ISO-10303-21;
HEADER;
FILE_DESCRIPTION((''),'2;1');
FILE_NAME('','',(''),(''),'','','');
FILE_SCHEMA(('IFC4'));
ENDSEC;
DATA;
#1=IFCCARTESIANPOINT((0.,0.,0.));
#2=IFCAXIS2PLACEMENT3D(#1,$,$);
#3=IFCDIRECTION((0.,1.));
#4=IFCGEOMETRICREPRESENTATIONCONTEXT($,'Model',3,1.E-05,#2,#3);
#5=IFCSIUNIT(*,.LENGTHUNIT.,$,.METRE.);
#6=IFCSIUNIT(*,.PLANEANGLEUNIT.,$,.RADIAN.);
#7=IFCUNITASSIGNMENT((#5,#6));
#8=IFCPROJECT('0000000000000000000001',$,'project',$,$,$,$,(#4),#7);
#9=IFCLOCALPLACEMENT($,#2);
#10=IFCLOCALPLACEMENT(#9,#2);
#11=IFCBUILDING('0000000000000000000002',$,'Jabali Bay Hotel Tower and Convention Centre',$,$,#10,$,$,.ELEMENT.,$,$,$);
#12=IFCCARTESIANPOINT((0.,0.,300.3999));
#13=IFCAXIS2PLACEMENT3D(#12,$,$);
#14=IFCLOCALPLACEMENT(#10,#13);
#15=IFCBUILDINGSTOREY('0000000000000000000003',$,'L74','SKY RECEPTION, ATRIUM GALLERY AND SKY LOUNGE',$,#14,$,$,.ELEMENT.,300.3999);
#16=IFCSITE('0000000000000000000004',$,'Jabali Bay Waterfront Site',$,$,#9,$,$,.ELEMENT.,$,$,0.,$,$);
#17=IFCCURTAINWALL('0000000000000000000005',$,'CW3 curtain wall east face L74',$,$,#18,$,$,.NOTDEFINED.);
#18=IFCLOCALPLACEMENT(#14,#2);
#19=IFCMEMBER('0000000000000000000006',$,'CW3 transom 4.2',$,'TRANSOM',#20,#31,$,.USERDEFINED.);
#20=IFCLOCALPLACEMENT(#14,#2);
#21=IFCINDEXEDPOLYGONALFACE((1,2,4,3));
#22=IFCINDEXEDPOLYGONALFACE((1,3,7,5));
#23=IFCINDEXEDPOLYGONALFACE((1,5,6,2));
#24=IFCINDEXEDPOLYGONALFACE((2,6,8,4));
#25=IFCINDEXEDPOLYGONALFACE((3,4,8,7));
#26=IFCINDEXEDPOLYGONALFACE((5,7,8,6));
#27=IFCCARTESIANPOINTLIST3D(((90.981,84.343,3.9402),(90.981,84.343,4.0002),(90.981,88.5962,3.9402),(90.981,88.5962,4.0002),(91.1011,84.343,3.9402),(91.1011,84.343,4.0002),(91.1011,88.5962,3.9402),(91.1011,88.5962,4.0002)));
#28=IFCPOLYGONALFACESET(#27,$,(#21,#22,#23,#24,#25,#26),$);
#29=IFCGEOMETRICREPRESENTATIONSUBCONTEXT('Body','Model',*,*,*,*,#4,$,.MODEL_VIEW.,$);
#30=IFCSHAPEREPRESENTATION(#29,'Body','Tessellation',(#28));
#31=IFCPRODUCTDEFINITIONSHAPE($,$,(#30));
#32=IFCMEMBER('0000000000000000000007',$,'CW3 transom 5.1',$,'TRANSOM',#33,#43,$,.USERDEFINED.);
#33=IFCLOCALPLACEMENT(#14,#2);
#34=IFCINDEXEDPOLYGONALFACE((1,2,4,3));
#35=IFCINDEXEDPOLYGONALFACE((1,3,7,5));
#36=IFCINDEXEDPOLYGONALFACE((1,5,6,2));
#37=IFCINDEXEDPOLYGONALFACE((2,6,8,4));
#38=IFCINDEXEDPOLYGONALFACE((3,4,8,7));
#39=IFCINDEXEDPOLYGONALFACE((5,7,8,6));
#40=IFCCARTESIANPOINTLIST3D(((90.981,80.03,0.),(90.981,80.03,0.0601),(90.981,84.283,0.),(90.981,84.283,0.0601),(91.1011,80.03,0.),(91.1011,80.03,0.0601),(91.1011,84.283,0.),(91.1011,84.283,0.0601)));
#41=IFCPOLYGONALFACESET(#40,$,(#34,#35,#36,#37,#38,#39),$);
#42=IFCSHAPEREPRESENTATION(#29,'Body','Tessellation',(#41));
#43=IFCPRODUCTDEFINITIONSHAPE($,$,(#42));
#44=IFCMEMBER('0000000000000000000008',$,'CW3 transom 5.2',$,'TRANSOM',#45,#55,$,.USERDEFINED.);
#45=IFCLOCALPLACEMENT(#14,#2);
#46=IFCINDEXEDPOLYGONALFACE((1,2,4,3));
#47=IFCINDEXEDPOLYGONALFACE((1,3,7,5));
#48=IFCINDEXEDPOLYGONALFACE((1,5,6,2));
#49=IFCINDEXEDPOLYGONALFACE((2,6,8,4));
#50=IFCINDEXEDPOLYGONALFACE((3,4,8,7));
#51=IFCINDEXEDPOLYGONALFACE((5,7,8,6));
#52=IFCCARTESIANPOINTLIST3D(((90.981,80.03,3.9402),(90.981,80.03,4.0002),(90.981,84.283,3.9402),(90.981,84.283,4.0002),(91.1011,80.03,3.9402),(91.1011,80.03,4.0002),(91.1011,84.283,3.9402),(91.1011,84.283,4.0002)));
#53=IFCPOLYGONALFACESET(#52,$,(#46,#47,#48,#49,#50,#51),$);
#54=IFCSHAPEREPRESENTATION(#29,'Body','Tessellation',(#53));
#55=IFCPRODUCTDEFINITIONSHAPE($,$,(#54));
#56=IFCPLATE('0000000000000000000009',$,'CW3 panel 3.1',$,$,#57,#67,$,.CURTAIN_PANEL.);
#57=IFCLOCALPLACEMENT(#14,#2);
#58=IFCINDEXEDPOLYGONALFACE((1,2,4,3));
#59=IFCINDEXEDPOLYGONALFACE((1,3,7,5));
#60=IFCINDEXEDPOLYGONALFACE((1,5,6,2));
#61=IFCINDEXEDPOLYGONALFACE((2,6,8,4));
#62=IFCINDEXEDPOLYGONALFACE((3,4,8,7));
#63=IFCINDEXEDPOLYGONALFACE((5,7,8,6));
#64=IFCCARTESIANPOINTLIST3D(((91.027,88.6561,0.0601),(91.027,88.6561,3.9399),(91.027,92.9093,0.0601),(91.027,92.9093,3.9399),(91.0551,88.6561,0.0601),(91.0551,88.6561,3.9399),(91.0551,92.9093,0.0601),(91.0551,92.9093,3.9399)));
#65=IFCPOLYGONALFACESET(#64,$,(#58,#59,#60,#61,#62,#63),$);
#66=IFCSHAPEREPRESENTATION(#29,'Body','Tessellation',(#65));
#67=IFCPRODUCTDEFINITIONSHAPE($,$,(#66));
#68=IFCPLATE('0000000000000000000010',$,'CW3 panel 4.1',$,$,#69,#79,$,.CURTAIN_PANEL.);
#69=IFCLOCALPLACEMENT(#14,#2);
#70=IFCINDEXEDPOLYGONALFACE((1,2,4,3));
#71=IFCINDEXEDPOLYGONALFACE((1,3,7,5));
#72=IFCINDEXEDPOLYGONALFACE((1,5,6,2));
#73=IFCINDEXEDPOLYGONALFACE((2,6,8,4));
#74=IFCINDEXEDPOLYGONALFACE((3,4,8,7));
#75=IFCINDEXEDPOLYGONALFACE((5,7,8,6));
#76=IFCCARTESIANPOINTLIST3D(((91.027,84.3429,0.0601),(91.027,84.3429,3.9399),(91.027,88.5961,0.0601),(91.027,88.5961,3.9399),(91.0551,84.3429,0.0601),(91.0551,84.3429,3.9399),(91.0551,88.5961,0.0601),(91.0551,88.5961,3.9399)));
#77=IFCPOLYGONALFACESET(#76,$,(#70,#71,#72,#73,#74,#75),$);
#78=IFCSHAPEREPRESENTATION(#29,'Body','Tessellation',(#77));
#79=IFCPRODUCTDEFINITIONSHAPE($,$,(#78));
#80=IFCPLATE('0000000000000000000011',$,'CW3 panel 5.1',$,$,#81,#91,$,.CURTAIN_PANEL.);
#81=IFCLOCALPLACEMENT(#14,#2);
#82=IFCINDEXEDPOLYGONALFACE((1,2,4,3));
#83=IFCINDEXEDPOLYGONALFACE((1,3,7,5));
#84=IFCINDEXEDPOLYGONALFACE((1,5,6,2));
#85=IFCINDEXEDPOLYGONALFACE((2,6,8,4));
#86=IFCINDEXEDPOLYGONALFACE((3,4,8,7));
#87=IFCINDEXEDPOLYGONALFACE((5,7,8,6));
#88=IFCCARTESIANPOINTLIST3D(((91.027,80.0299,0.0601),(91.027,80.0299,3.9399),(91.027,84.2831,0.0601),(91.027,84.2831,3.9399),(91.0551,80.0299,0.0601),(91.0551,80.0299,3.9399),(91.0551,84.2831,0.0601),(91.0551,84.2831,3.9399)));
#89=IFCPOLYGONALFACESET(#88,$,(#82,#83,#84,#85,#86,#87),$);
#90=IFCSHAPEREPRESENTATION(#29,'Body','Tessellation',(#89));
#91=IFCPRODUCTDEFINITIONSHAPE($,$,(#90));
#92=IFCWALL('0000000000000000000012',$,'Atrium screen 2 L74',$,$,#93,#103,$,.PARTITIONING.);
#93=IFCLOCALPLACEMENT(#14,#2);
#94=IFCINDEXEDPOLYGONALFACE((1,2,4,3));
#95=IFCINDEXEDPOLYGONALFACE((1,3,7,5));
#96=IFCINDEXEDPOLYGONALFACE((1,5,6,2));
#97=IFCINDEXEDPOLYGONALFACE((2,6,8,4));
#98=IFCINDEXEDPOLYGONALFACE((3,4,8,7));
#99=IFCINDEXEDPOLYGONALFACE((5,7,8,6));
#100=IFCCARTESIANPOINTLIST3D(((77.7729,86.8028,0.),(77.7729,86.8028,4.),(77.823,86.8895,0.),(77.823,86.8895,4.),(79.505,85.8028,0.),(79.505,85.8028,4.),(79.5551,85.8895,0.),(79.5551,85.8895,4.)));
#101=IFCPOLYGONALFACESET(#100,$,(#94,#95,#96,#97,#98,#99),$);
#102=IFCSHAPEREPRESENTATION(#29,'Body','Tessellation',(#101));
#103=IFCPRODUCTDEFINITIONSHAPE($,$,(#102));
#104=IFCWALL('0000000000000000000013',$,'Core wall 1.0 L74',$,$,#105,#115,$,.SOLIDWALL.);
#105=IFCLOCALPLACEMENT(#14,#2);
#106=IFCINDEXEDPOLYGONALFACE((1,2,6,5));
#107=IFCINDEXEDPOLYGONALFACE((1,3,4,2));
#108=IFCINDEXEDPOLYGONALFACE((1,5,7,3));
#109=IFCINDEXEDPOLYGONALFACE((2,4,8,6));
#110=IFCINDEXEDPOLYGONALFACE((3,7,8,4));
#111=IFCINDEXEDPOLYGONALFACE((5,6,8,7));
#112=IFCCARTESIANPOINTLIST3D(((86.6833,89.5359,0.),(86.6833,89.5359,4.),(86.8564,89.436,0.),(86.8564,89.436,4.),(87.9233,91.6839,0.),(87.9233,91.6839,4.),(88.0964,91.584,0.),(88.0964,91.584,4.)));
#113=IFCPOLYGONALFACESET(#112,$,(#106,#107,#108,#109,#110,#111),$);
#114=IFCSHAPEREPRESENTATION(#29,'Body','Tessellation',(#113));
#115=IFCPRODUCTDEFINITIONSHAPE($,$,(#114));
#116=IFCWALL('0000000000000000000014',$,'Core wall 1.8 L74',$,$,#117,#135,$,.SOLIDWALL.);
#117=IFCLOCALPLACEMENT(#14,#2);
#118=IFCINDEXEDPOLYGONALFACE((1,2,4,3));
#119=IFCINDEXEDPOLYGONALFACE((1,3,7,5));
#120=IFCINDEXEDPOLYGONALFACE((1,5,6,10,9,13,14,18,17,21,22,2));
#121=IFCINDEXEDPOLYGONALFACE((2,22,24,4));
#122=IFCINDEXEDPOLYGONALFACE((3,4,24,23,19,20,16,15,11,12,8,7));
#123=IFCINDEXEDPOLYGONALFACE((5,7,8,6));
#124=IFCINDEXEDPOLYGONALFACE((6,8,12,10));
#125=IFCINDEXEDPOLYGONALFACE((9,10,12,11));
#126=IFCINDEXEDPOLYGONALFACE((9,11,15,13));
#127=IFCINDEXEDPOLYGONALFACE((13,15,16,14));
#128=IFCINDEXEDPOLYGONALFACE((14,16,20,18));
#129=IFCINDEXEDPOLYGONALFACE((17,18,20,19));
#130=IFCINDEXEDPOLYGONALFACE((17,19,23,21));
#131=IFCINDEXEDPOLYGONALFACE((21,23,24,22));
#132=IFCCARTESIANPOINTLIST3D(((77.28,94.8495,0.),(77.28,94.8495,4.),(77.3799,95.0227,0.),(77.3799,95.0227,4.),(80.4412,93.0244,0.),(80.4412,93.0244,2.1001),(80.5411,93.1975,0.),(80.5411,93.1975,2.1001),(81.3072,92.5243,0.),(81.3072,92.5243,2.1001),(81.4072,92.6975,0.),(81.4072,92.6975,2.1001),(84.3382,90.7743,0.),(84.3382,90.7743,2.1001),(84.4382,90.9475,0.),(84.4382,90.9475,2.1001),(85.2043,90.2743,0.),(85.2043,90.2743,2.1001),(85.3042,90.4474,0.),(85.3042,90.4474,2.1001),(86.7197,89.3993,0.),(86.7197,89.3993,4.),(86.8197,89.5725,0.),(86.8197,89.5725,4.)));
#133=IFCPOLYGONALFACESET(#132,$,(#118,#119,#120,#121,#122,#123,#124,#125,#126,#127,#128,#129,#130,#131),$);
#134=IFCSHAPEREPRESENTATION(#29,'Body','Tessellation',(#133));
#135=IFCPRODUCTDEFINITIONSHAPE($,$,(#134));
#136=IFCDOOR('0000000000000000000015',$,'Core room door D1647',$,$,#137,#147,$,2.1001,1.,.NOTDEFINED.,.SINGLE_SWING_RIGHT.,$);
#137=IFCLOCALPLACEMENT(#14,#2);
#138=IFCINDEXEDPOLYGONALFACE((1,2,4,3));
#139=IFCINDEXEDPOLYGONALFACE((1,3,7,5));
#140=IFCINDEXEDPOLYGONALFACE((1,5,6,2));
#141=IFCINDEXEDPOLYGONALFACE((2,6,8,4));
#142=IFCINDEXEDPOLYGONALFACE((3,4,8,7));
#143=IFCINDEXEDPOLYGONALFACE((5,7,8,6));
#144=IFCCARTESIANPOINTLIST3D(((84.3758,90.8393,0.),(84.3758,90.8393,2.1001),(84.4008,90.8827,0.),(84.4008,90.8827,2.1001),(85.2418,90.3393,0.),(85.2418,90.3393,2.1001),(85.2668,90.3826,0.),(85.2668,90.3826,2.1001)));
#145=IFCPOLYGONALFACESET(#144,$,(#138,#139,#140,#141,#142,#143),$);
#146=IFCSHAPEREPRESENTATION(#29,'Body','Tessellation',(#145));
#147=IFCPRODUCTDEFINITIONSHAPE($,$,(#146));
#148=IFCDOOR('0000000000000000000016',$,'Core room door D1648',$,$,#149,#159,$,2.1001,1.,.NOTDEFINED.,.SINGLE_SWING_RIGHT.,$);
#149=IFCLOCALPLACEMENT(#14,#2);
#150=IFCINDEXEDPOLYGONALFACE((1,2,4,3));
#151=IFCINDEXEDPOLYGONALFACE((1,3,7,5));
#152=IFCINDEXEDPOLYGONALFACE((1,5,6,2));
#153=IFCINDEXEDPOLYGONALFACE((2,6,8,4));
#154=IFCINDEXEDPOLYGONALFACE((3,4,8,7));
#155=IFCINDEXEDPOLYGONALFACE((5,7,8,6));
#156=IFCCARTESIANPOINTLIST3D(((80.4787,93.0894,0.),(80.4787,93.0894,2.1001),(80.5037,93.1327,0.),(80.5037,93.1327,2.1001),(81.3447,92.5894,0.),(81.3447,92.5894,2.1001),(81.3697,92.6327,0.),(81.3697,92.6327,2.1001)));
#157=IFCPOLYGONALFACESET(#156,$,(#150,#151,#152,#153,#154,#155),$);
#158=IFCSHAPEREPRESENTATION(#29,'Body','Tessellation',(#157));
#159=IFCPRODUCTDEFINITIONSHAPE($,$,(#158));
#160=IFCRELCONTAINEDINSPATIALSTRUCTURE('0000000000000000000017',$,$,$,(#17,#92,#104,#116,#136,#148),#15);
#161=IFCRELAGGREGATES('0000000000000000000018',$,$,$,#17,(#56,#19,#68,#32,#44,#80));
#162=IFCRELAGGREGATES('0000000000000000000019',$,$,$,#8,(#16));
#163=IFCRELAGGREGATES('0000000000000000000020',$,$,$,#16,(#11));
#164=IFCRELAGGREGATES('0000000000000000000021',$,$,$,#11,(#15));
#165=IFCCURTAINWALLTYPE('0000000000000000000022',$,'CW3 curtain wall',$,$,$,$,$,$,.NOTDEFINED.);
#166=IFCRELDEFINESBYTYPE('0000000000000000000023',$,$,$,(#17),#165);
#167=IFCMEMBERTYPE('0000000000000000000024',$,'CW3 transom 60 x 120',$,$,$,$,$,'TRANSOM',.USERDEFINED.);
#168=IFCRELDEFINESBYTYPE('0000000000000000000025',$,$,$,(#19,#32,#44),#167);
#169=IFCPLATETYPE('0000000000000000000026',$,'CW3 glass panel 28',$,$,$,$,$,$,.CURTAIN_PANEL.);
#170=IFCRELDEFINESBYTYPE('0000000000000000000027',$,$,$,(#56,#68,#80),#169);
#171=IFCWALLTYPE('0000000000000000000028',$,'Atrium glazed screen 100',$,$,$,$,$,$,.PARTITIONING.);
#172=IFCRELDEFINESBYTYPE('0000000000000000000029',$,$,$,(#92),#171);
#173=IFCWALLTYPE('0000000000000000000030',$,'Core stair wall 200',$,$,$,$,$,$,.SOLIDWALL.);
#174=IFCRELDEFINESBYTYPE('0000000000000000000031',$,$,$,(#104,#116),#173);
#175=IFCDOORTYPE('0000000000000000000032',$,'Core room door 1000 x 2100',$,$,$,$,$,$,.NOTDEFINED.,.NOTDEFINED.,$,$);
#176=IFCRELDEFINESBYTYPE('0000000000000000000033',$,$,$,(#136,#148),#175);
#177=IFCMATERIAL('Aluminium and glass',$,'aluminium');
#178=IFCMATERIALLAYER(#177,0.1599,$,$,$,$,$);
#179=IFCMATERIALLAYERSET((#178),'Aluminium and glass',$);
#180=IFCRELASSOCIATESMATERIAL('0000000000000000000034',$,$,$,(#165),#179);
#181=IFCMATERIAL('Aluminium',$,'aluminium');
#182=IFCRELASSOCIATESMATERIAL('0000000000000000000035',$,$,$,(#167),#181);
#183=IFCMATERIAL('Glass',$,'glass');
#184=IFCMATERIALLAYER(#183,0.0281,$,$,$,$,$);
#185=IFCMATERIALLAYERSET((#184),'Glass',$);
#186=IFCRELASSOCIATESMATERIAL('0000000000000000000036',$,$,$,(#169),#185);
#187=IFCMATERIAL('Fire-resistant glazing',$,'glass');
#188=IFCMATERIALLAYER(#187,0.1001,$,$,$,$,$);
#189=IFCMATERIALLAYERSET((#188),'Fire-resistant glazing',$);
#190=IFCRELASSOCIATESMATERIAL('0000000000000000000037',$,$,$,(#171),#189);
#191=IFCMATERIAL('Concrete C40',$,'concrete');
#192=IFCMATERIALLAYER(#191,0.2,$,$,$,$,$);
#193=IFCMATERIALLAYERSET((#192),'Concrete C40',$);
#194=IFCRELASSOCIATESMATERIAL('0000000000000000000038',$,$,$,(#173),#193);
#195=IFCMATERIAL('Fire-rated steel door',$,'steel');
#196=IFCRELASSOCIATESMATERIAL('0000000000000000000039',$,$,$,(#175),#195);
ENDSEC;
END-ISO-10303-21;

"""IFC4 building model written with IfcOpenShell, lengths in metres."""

from ifc_helpers import new_model, si_unit, direction, frame, frame_2d, origin, origin_2d, place, context, subcontext, project, spatial, rectangle, extrude, material, layer, layer_set, material_profile, profile_set, type_object, element, fill, aggregate, save


model = new_model("IFC4")

# Units and contexts
model_context = context("Model", 3, precision=1e-05, world=origin(), true_north=direction((0.0, 1.0)))
body_context = subcontext(model_context, "Body", "Model", "MODEL_VIEW")
ifc_project = project(units=[si_unit("LENGTHUNIT", "METRE"), si_unit("PLANEANGLEUNIT", "RADIAN")], contexts=[model_context])

# Site, building, storey
site_placement = place(None, origin())
site = spatial("IfcSite", under=ifc_project, at=site_placement, Name="Jabali Bay Waterfront Site", CompositionType="ELEMENT", RefElevation=0.0)
building_placement = place(site_placement, origin())
building = spatial("IfcBuilding", under=site, at=building_placement, Name="Jabali Bay Hotel Tower and Convention Centre", CompositionType="ELEMENT")
storey_placement = place(building_placement, frame((0.0, 0.0, 300.3999)))
storey = spatial("IfcBuildingStorey", under=building, at=storey_placement, Name="L74", Description="SKY RECEPTION, ATRIUM GALLERY AND SKY LOUNGE", CompositionType="ELEMENT", Elevation=300.3999)

# Curtain wall, members, plates
ifc_material_1 = material(Name="Aluminium and glass", Category="aluminium")
ifc_layer_1 = layer(ifc_material_1, 0.1599)
ifc_layer_set_1 = layer_set([ifc_layer_1], Name="Aluminium and glass")
curtain_wall_type = type_object("IfcCurtainWallType", Name="CW3 curtain wall", PredefinedType="NOTDEFINED", material=ifc_layer_set_1)
curtain_wall_placement = place(storey_placement, origin())
curtain_wall = element("IfcCurtainWall", 1, at=curtain_wall_placement, inside=storey, type_object=curtain_wall_type, Name="CW3 curtain wall east face L74", PredefinedType="NOTDEFINED")
ifc_material_2 = material(Name="Aluminium", Category="aluminium")
ifc_material_profile_1 = material_profile(ifc_material_2, rectangle(XDim=0.1201, YDim=0.0601, at=origin_2d()), Name="CW3 transom 60 x 120")
ifc_profile_set_1 = profile_set([ifc_material_profile_1], Name="Aluminium")
member_type_1 = type_object("IfcMemberType", Name="CW3 transom 60 x 120", ElementType="TRANSOM", PredefinedType="USERDEFINED", material=ifc_profile_set_1)
member_1_placement = place(storey_placement, frame((91.041, 88.5962, 3.9702), z_axis=(0.0, -1.0, 0.0), x_axis=(1.0, 0.0, 0.0)))
member_1 = element("IfcMember", 2, at=member_1_placement, type_object=member_type_1, Name="CW3 transom 4.2", ObjectType="TRANSOM", PredefinedType="USERDEFINED", context=body_context, shape_type="SweptSolid", body=[
    extrude(rectangle(XDim=0.1201, YDim=0.0601, at=origin_2d()), origin(), (0.0, 0.0, 1.0), 4.2532),
])
member_2_placement = place(storey_placement, frame((91.041, 84.283, 0.03), z_axis=(0.0, -1.0, 0.0), x_axis=(1.0, 0.0, 0.0)))
member_2 = element("IfcMember", 3, at=member_2_placement, type_object=member_type_1, Name="CW3 transom 5.1", ObjectType="TRANSOM", PredefinedType="USERDEFINED", context=body_context, shape_type="SweptSolid", body=[
    extrude(rectangle(XDim=0.1201, YDim=0.0601, at=origin_2d()), origin(), (0.0, 0.0, 1.0), 4.2529),
])
member_3_placement = place(storey_placement, frame((91.041, 84.283, 3.9702), z_axis=(0.0, -1.0, 0.0), x_axis=(1.0, 0.0, 0.0)))
member_3 = element("IfcMember", 4, at=member_3_placement, type_object=member_type_1, Name="CW3 transom 5.2", ObjectType="TRANSOM", PredefinedType="USERDEFINED", context=body_context, shape_type="SweptSolid", body=[
    extrude(rectangle(XDim=0.1201, YDim=0.0601, at=origin_2d()), origin(), (0.0, 0.0, 1.0), 4.2529),
])
ifc_material_3 = material(Name="Glass", Category="glass")
ifc_layer_2 = layer(ifc_material_3, 0.0281)
ifc_layer_set_2 = layer_set([ifc_layer_2], Name="Glass")
plate_type = type_object("IfcPlateType", Name="CW3 glass panel 28", PredefinedType="CURTAIN_PANEL", material=ifc_layer_set_2)
plate_1_placement = place(storey_placement, frame((91.041, 90.7827, 0.0601), z_axis=(0.0, 0.0, 1.0), x_axis=(0.0, -1.0, 0.0)))
plate_1 = element("IfcPlate", 5, at=plate_1_placement, type_object=plate_type, Name="CW3 panel 3.1", PredefinedType="CURTAIN_PANEL", context=body_context, shape_type="SweptSolid", body=[
    extrude(rectangle(XDim=4.2532, YDim=0.0281, at=origin_2d()), origin(), (0.0, 0.0, 1.0), 3.8799),
])
plate_2_placement = place(storey_placement, frame((91.041, 86.4695, 0.0601), z_axis=(0.0, 0.0, 1.0), x_axis=(0.0, -1.0, 0.0)))
plate_2 = element("IfcPlate", 6, at=plate_2_placement, type_object=plate_type, Name="CW3 panel 4.1", PredefinedType="CURTAIN_PANEL", context=body_context, shape_type="SweptSolid", body=[
    extrude(rectangle(XDim=4.2532, YDim=0.0281, at=origin_2d()), origin(), (0.0, 0.0, 1.0), 3.8799),
])
plate_3_placement = place(storey_placement, frame((91.041, 82.1565, 0.0601), z_axis=(0.0, 0.0, 1.0), x_axis=(0.0, -1.0, 0.0)))
plate_3 = element("IfcPlate", 7, at=plate_3_placement, type_object=plate_type, Name="CW3 panel 5.1", PredefinedType="CURTAIN_PANEL", context=body_context, shape_type="SweptSolid", body=[
    extrude(rectangle(XDim=4.2532, YDim=0.0281, at=origin_2d()), origin(), (0.0, 0.0, 1.0), 3.8799),
])
aggregate(curtain_wall, [plate_1, member_1, plate_2, member_2, member_3, plate_3])

# Walls
ifc_material_4 = material(Name="Fire-resistant glazing", Category="glass")
ifc_layer_3 = layer(ifc_material_4, 0.1001)
ifc_layer_set_3 = layer_set([ifc_layer_3], Name="Fire-resistant glazing")
wall_type_1 = type_object("IfcWallType", Name="Atrium glazed screen 100", PredefinedType="PARTITIONING", material=ifc_layer_set_3)
wall_1_placement = place(storey_placement, frame((79.53, 85.8462, 0.0), z_axis=(0.0, 0.0, 1.0), x_axis=(-0.866041, 0.499973, 0.0)))
element("IfcWall", 8, at=wall_1_placement, inside=storey, type_object=wall_type_1, Name="Atrium screen 2 L74", PredefinedType="PARTITIONING", context=body_context, shape_type="SweptSolid", body=[
    extrude(rectangle(XDim=2.0, YDim=0.1001, at=frame_2d((1.0, 0.0))), origin(), (0.0, 0.0, 1.0), 4.0),
])
ifc_material_5 = material(Name="Concrete C40", Category="concrete")
ifc_layer_4 = layer(ifc_material_5, 0.2)
ifc_layer_set_4 = layer_set([ifc_layer_4], Name="Concrete C40")
wall_type_2 = type_object("IfcWallType", Name="Core stair wall 200", PredefinedType="SOLIDWALL", material=ifc_layer_set_4)
wall_2_placement = place(storey_placement, frame((86.7698, 89.4858, 0.0), z_axis=(0.0, 0.0, 1.0), x_axis=(0.499961, 0.866048, 0.0)))
element("IfcWall", 9, at=wall_2_placement, inside=storey, type_object=wall_type_2, Name="Core wall 1.0 L74", PredefinedType="SOLIDWALL", context=body_context, shape_type="SweptSolid", body=[
    extrude(rectangle(XDim=2.4802, YDim=0.2, at=frame_2d((1.2402, 0.0))), origin(), (0.0, 0.0, 1.0), 4.0),
])

# Wall, openings, doors
wall_3_placement = place(storey_placement, frame((86.7698, 89.4858, 0.0), z_axis=(0.0, 0.0, 1.0), x_axis=(-0.866018, 0.500013, 0.0)))
wall_3 = element("IfcWall", 10, at=wall_3_placement, inside=storey, type_object=wall_type_2, Name="Core wall 1.8 L74", PredefinedType="SOLIDWALL", context=body_context, shape_type="SweptSolid", body=[
    extrude(rectangle(XDim=10.9001, YDim=0.2, at=frame_2d((5.4502, 0.0))), origin(), (0.0, 0.0, 1.0), 4.0),
])
opening_1_placement = place(wall_3_placement, frame((1.75, 0.0, 0.0)))
opening_1 = element("IfcOpeningElement", 11, at=opening_1_placement, cuts=wall_3, PredefinedType="OPENING", context=body_context, shape_type="SweptSolid", body=[
    extrude(rectangle(XDim=1.0, YDim=2.1001, at=frame_2d((0.5, 1.05))), frame((0.0, 0.1104, 0.0), z_axis=(0.0, -1.0, 0.0), x_axis=(1.0, 0.0, 0.0)), (0.0, 0.0, 1.0), 0.2209),
])
opening_2_placement = place(wall_3_placement, frame((6.25, 0.0, 0.0)))
opening_2 = element("IfcOpeningElement", 12, at=opening_2_placement, cuts=wall_3, PredefinedType="OPENING", context=body_context, shape_type="SweptSolid", body=[
    extrude(rectangle(XDim=1.0, YDim=2.1001, at=frame_2d((0.5, 1.05))), frame((0.0, 0.1104, 0.0), z_axis=(0.0, -1.0, 0.0), x_axis=(1.0, 0.0, 0.0)), (0.0, 0.0, 1.0), 0.2209),
])
ifc_material_6 = material(Name="Fire-rated steel door", Category="steel")
door_type_1 = type_object("IfcDoorType", Name="Core room door 1000 x 2100", OperationType="NOTDEFINED", PredefinedType="NOTDEFINED", material=ifc_material_6)
door_1_placement = place(opening_1_placement, origin())
door_1 = element("IfcDoor", 13, at=door_1_placement, inside=storey, type_object=door_type_1, Name="Core room door D1647", OperationType="SINGLE_SWING_RIGHT", OverallHeight=2.1001, OverallWidth=1.0, PredefinedType="NOTDEFINED", context=body_context, shape_type="SweptSolid", body=[
    extrude(rectangle(XDim=1.0, YDim=2.1001, at=frame_2d((0.5, 1.05))), frame((0.0, 0.0249, 0.0), z_axis=(0.0, -1.0, 0.0), x_axis=(1.0, 0.0, 0.0)), (0.0, 0.0, 1.0), 0.05),
])
fill(opening_1, door_1)
door_2_placement = place(opening_2_placement, origin())
door_2 = element("IfcDoor", 14, at=door_2_placement, inside=storey, type_object=door_type_1, Name="Core room door D1648", OperationType="SINGLE_SWING_RIGHT", OverallHeight=2.1001, OverallWidth=1.0, PredefinedType="NOTDEFINED", context=body_context, shape_type="SweptSolid", body=[
    extrude(rectangle(XDim=1.0, YDim=2.1001, at=frame_2d((0.5, 1.05))), frame((0.0, 0.0249, 0.0), z_axis=(0.0, -1.0, 0.0), x_axis=(1.0, 0.0, 0.0)), (0.0, 0.0, 1.0), 0.05),
])
fill(opening_2, door_2)

save(model, "model.ifc")
